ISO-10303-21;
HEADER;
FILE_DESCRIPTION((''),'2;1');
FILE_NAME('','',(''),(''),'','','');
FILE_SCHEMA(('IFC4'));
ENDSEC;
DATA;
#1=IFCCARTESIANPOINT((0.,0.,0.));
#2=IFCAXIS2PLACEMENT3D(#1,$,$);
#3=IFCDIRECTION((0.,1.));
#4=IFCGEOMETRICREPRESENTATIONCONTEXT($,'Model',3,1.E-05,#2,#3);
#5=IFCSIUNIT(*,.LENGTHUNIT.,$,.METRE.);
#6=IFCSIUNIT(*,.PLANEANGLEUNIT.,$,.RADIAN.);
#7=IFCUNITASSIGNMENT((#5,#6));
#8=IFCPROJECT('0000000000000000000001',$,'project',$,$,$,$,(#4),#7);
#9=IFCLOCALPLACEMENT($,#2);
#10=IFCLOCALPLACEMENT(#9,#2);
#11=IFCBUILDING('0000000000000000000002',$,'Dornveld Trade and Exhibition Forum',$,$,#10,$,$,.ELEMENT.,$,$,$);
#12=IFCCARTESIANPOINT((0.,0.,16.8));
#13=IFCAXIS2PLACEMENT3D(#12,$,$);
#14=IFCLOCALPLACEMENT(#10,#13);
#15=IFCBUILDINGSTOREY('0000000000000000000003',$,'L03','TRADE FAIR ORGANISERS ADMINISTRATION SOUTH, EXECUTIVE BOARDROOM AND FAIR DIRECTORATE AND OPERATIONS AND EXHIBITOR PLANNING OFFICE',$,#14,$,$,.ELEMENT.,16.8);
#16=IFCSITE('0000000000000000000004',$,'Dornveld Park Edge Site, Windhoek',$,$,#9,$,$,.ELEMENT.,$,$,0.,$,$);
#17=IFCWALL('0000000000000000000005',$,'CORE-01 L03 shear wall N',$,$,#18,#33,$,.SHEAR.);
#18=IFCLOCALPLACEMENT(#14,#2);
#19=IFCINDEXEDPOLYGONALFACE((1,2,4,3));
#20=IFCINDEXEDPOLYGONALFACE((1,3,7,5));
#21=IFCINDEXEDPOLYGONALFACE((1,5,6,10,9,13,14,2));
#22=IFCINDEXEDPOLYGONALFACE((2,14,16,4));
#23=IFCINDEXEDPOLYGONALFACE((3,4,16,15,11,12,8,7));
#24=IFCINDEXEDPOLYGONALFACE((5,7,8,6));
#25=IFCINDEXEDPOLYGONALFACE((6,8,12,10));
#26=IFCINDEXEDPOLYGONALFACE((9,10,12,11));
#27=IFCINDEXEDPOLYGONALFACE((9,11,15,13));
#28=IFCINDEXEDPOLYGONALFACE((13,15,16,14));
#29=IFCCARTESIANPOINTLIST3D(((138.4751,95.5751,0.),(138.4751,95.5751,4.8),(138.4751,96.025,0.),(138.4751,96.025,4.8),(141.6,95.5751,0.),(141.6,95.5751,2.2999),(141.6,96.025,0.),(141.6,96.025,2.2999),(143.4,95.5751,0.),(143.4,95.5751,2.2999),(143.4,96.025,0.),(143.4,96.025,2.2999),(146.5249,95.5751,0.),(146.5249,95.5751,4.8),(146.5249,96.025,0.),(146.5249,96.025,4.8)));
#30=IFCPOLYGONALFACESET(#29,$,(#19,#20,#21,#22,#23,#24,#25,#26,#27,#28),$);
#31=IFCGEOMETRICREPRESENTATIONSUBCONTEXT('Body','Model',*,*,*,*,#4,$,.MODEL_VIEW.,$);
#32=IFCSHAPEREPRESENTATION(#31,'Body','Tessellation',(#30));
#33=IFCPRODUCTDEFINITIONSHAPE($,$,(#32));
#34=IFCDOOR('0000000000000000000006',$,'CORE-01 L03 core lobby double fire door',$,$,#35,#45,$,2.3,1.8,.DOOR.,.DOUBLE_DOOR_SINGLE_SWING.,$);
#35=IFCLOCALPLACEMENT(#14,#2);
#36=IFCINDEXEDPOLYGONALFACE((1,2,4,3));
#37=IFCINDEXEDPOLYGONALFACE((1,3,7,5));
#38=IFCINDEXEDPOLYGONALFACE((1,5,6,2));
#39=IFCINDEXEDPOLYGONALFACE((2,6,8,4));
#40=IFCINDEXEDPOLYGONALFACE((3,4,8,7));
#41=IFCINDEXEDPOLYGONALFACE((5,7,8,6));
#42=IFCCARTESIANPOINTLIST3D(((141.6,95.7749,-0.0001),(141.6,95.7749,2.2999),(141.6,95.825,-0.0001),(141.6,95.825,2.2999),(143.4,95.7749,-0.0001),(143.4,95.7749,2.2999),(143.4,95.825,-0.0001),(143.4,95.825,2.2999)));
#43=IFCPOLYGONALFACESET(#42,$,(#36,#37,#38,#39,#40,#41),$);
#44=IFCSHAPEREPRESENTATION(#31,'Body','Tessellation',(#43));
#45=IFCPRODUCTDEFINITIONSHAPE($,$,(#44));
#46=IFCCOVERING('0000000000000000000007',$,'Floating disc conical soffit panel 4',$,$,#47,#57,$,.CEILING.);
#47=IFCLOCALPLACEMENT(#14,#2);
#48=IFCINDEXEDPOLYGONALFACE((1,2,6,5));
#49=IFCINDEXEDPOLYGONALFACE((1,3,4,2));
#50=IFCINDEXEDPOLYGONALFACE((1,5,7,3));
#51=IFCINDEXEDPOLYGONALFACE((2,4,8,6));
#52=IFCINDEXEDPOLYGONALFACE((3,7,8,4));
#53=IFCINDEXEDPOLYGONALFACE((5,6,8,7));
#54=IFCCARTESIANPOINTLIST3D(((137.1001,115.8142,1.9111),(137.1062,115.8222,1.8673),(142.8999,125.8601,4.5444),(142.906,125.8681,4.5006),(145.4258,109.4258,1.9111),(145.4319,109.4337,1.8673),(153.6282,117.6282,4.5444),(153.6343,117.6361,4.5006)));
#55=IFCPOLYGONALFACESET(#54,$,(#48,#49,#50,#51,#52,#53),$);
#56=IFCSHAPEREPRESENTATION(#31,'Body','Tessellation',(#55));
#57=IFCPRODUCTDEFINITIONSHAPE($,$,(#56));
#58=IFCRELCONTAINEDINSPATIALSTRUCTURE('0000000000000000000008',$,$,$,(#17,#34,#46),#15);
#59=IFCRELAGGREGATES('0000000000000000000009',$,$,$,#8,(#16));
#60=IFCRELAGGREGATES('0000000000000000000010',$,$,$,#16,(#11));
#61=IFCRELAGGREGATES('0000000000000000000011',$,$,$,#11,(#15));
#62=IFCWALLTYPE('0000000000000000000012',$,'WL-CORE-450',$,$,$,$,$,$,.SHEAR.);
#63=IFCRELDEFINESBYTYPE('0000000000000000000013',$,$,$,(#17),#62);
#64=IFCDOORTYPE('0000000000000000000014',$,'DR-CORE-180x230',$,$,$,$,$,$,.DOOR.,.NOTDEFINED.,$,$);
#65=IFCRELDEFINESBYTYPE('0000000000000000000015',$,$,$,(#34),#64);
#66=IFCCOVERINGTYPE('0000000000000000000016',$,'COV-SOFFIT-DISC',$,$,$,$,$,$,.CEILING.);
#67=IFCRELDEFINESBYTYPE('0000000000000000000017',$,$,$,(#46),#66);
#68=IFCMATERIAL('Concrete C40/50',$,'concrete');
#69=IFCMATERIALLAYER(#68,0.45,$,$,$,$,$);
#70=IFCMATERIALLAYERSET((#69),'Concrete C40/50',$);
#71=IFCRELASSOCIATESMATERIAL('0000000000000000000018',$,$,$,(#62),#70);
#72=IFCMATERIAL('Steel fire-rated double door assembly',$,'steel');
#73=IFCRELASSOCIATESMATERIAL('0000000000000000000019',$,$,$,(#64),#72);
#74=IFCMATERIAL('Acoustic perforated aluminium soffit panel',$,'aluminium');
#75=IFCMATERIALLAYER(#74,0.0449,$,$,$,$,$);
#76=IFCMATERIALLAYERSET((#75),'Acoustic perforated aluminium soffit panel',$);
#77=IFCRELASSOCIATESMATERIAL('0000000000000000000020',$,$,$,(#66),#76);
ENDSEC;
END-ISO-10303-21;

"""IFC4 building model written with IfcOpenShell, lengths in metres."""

from ifc_helpers import new_model, si_unit, direction, frame, frame_2d, origin, place, context, subcontext, project, spatial, polyline, rectangle, outline, extrude, material, layer, layer_set, type_object, element, fill, save


model = new_model("IFC4")

# Units and contexts
model_context = context("Model", 3, precision=1e-05, world=origin(), true_north=direction((0.0, 1.0)))
body_context = subcontext(model_context, "Body", "Model", "MODEL_VIEW")
ifc_project = project(units=[si_unit("LENGTHUNIT", "METRE"), si_unit("PLANEANGLEUNIT", "RADIAN")], contexts=[model_context])

# Site, building, storey
site_placement = place(None, origin())
site = spatial("IfcSite", under=ifc_project, at=site_placement, Name="Dornveld Park Edge Site, Windhoek", CompositionType="ELEMENT", RefElevation=0.0)
building_placement = place(site_placement, origin())
building = spatial("IfcBuilding", under=site, at=building_placement, Name="Dornveld Trade and Exhibition Forum", CompositionType="ELEMENT")
storey_placement = place(building_placement, frame((0.0, 0.0, 16.8)))
storey = spatial("IfcBuildingStorey", under=building, at=storey_placement, Name="L03", Description="TRADE FAIR ORGANISERS ADMINISTRATION SOUTH, EXECUTIVE BOARDROOM AND FAIR DIRECTORATE AND OPERATIONS AND EXHIBITOR PLANNING OFFICE", CompositionType="ELEMENT", Elevation=16.8)

# Wall, opening, door
ifc_material_1 = material(Name="Concrete C40/50", Category="concrete")
ifc_layer_1 = layer(ifc_material_1, 0.45)
ifc_layer_set_1 = layer_set([ifc_layer_1], Name="Concrete C40/50")
wall_type = type_object("IfcWallType", Name="WL-CORE-450", PredefinedType="SHEAR", material=ifc_layer_set_1)
wall_placement = place(storey_placement, frame((138.4751, 95.8, 0.0), z_axis=(0.0, 0.0, 1.0), x_axis=(1.0, 0.0, 0.0)))
wall = element("IfcWall", 1, at=wall_placement, inside=storey, type_object=wall_type, Name="CORE-01 L03 shear wall N", PredefinedType="SHEAR", context=body_context, shape_type="SweptSolid", body=[
    extrude(rectangle(XDim=8.0498, YDim=0.45, at=frame_2d((4.0249, 0.0))), origin(), (0.0, 0.0, 1.0), 4.8),
])
opening_placement = place(wall_placement, frame((3.125, 0.0, 0.0)))
opening = element("IfcOpeningElement", 2, at=opening_placement, cuts=wall, PredefinedType="OPENING", context=body_context, shape_type="SweptSolid", body=[
    extrude(rectangle(XDim=1.8, YDim=2.3, at=frame_2d((0.8999, 1.1499))), frame((0.0, 0.2349, 0.0), z_axis=(0.0, -1.0, 0.0), x_axis=(1.0, 0.0, 0.0)), (0.0, 0.0, 1.0), 0.47),
])
ifc_material_2 = material(Name="Steel fire-rated double door assembly", Category="steel")
door_type = type_object("IfcDoorType", Name="DR-CORE-180x230", OperationType="NOTDEFINED", PredefinedType="DOOR", material=ifc_material_2)
door_placement = place(opening_placement, origin())
door = element("IfcDoor", 3, at=door_placement, inside=storey, type_object=door_type, Name="CORE-01 L03 core lobby double fire door", OperationType="DOUBLE_DOOR_SINGLE_SWING", OverallHeight=2.3, OverallWidth=1.8, PredefinedType="DOOR", context=body_context, shape_type="SweptSolid", body=[
    extrude(rectangle(XDim=1.8, YDim=2.3, at=frame_2d((0.8999, 1.1499))), frame((0.0, 0.0249, 0.0), z_axis=(0.0, -1.0, 0.0), x_axis=(1.0, 0.0, 0.0)), (0.0, 0.0, 1.0), 0.05),
])
fill(opening, door)

# Covering
ifc_material_3 = material(Name="Acoustic perforated aluminium soffit panel", Category="aluminium")
ifc_layer_2 = layer(ifc_material_3, 0.0449)
ifc_layer_set_2 = layer_set([ifc_layer_2], Name="Acoustic perforated aluminium soffit panel")
covering_type = type_object("IfcCoveringType", Name="COV-SOFFIT-DISC", PredefinedType="CEILING", material=ifc_layer_set_2)
covering_placement = place(storey_placement, frame((145.4258, 109.4258, 1.9111), z_axis=(-0.13587, -0.177072, 0.974774), x_axis=(0.689562, 0.689562, 0.221378)))
element("IfcCovering", 4, at=covering_placement, inside=storey, type_object=covering_type, Name="Floating disc conical soffit panel 4", PredefinedType="CEILING", context=body_context, shape_type="SweptSolid", body=[
    extrude(outline(polyline([(0.0, 0.0), (11.8951, 0.0), (10.1737, 13.4126), (-1.3359, 10.4089), (0.0, 0.0)])), origin(), (0.0, 0.0, -1.0), 0.0449),
])

save(model, "model.ifc")
